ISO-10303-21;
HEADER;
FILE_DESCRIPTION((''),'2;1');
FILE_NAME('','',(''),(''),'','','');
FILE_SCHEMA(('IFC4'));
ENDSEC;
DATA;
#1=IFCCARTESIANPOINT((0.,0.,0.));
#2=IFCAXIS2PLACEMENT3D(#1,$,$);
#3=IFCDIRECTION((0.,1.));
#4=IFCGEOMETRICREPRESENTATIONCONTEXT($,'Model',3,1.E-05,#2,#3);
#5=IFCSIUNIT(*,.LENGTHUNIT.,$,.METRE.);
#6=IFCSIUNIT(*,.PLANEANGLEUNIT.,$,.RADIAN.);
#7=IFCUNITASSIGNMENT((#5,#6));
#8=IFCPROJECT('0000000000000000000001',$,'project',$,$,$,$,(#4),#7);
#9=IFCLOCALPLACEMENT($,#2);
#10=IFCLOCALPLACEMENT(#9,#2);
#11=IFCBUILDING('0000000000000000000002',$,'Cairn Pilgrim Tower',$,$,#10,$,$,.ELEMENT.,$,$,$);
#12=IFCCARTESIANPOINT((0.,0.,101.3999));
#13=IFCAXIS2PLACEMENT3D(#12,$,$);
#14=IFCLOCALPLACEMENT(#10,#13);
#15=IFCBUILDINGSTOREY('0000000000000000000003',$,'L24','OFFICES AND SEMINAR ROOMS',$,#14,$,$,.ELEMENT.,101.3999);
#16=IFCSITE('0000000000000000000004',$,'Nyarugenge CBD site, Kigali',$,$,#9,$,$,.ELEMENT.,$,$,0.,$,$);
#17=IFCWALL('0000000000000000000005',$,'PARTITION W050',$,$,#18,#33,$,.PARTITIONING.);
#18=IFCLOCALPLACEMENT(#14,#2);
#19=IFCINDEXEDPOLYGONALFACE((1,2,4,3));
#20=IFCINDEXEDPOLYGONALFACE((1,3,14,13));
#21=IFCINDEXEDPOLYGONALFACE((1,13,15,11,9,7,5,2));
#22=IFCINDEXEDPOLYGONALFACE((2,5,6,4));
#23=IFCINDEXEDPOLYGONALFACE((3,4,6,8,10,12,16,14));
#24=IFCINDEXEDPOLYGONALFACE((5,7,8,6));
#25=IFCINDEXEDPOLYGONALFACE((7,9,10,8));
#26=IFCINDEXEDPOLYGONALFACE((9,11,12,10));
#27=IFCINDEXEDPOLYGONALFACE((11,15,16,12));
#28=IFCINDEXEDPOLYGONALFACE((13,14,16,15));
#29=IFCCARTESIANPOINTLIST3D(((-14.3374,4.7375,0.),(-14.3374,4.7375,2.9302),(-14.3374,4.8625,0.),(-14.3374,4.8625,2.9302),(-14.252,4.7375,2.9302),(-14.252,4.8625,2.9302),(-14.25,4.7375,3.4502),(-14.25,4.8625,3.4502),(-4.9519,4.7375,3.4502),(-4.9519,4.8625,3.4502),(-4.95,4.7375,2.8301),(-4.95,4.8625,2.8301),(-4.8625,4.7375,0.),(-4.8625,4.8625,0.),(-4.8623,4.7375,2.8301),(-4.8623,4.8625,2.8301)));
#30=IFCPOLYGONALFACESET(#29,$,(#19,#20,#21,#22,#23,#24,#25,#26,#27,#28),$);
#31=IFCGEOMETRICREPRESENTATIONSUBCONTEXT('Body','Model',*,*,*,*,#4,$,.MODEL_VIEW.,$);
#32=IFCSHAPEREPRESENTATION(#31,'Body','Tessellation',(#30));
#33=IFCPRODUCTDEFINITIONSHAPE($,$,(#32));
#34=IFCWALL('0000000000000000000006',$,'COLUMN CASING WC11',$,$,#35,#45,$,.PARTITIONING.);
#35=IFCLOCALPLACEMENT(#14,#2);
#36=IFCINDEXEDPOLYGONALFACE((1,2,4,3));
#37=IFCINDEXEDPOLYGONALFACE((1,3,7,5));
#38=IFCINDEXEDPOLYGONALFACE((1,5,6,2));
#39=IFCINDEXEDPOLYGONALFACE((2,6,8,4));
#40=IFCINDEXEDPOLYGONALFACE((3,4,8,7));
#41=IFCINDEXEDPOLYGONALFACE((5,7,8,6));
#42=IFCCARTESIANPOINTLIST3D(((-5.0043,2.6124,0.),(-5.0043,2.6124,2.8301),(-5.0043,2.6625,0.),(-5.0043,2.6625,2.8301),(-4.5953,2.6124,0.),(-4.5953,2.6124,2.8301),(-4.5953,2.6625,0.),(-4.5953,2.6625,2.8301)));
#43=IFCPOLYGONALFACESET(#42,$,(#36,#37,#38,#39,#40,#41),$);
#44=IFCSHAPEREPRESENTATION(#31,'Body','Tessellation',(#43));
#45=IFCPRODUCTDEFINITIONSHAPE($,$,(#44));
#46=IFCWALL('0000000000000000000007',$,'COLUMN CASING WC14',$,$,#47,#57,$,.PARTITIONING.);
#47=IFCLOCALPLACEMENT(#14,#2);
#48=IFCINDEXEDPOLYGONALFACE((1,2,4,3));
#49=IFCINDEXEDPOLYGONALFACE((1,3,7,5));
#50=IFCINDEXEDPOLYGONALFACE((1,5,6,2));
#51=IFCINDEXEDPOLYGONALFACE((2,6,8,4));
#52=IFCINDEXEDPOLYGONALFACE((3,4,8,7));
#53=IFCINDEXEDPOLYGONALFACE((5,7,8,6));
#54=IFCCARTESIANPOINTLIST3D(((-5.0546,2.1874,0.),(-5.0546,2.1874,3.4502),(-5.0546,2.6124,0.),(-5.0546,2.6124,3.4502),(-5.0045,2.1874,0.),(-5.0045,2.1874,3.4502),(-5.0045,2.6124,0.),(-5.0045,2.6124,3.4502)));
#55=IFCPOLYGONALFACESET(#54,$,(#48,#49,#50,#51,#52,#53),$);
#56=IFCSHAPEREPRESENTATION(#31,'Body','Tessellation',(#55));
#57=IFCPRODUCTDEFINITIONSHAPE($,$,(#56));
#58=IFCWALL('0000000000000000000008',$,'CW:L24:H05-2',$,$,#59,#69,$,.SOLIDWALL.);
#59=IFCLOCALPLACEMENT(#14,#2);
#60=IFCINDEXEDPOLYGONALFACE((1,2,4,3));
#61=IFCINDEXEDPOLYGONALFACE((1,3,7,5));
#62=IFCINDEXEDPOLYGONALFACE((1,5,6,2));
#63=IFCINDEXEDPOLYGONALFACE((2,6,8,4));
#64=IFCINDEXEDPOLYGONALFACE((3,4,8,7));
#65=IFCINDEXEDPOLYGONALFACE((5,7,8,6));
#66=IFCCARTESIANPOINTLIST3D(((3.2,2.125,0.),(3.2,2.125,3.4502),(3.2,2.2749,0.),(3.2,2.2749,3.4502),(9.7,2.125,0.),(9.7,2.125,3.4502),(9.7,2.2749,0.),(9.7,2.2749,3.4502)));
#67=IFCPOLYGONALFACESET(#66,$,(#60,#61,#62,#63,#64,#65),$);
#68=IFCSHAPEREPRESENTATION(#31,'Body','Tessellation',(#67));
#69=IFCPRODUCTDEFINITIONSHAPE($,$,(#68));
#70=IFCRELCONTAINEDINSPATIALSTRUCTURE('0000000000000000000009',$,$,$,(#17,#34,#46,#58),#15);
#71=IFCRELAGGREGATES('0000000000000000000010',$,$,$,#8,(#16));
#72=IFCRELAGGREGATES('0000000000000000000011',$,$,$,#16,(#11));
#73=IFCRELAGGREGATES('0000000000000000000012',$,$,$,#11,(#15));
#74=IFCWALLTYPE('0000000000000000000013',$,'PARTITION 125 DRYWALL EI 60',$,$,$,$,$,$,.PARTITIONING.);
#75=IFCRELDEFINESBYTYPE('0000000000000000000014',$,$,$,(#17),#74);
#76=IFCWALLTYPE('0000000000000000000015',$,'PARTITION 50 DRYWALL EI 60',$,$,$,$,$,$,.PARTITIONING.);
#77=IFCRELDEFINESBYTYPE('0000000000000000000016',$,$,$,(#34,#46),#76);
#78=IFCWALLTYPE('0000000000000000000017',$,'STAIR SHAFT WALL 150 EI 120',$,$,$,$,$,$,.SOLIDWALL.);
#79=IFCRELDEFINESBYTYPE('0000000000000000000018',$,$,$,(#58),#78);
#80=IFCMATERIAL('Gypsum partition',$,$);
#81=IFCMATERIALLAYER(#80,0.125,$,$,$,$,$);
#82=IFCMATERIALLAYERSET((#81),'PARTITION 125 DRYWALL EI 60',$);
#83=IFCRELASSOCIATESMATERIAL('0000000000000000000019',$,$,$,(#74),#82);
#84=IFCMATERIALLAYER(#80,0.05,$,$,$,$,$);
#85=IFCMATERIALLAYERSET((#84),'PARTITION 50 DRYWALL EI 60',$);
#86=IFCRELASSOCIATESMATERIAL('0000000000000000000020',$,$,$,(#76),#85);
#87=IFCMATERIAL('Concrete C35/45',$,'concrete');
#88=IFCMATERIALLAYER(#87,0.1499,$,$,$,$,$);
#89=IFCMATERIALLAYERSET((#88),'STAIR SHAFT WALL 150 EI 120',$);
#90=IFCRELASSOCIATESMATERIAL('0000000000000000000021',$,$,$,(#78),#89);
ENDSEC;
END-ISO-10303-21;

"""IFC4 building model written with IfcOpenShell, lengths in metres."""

from ifc_helpers import new_model, si_unit, direction, frame, frame_2d, origin, place, context, subcontext, project, spatial, polyline, rectangle, outline, extrude, material, layer, layer_set, type_object, element, save


model = new_model("IFC4")

# Units and contexts
model_context = context("Model", 3, precision=1e-05, world=origin(), true_north=direction((0.0, 1.0)))
body_context = subcontext(model_context, "Body", "Model", "MODEL_VIEW")
ifc_project = project(units=[si_unit("LENGTHUNIT", "METRE"), si_unit("PLANEANGLEUNIT", "RADIAN")], contexts=[model_context])

# Site, building, storey
site_placement = place(None, origin())
site = spatial("IfcSite", under=ifc_project, at=site_placement, Name="Nyarugenge CBD site, Kigali", CompositionType="ELEMENT", RefElevation=0.0)
building_placement = place(site_placement, origin())
building = spatial("IfcBuilding", under=site, at=building_placement, Name="Cairn Pilgrim Tower", CompositionType="ELEMENT")
storey_placement = place(building_placement, frame((0.0, 0.0, 101.3999)))
storey = spatial("IfcBuildingStorey", under=building, at=storey_placement, Name="L24", Description="OFFICES AND SEMINAR ROOMS", CompositionType="ELEMENT", Elevation=101.3999)

# Shared definitions
ifc_material_1 = material(Name="Concrete C35/45", Category="concrete")

# Walls
ifc_material_2 = material(Name="Gypsum partition")
ifc_layer_1 = layer(ifc_material_2, 0.125)
ifc_layer_set_1 = layer_set([ifc_layer_1], Name="PARTITION 125 DRYWALL EI 60")
wall_type_1 = type_object("IfcWallType", Name="PARTITION 125 DRYWALL EI 60", PredefinedType="PARTITIONING", material=ifc_layer_set_1)
wall_1_placement = place(storey_placement, frame((-14.3374, 4.8, 0.0), z_axis=(0.0, 0.0, 1.0), x_axis=(1.0, 0.0, 0.0)))
element("IfcWall", 1, at=wall_1_placement, inside=storey, type_object=wall_type_1, Name="PARTITION W050", PredefinedType="PARTITIONING", context=body_context, shape_type="SweptSolid", body=[
    extrude(outline(polyline([(0.0, 0.0), (9.4749, 0.0), (9.4751, 2.8301), (9.3875, 2.8301), (9.3855, 3.4502), (0.0874, 3.4502), (0.0854, 2.9302), (0.0, 2.9302), (0.0, 0.0)])), frame((0.0, 0.0625, 0.0), z_axis=(0.0, -1.0, 0.0), x_axis=(1.0, 0.0, 0.0)), (0.0, 0.0, 1.0), 0.125),
])
ifc_layer_2 = layer(ifc_material_2, 0.05)
ifc_layer_set_2 = layer_set([ifc_layer_2], Name="PARTITION 50 DRYWALL EI 60")
wall_type_2 = type_object("IfcWallType", Name="PARTITION 50 DRYWALL EI 60", PredefinedType="PARTITIONING", material=ifc_layer_set_2)
wall_2_placement = place(storey_placement, frame((-5.0044, 2.6375, 0.0), z_axis=(0.0, 0.0, 1.0), x_axis=(1.0, 0.0, 0.0)))
element("IfcWall", 2, at=wall_2_placement, inside=storey, type_object=wall_type_2, Name="COLUMN CASING WC11", PredefinedType="PARTITIONING", context=body_context, shape_type="SweptSolid", body=[
    extrude(rectangle(XDim=0.4089, YDim=0.05, at=frame_2d((0.2046, 0.0))), origin(), (0.0, 0.0, 1.0), 2.8301),
])
wall_3_placement = place(storey_placement, frame((-5.0295, 2.1875, 0.0), z_axis=(0.0, 0.0, 1.0), x_axis=(0.0, 1.0, 0.0)))
element("IfcWall", 3, at=wall_3_placement, inside=storey, type_object=wall_type_2, Name="COLUMN CASING WC14", PredefinedType="PARTITIONING", context=body_context, shape_type="SweptSolid", body=[
    extrude(rectangle(XDim=0.425, YDim=0.05, at=frame_2d((0.2124, 0.0))), origin(), (0.0, 0.0, 1.0), 3.4502),
])
ifc_layer_3 = layer(ifc_material_1, 0.1499)
ifc_layer_set_3 = layer_set([ifc_layer_3], Name="STAIR SHAFT WALL 150 EI 120")
wall_type_3 = type_object("IfcWallType", Name="STAIR SHAFT WALL 150 EI 120", PredefinedType="SOLIDWALL", material=ifc_layer_set_3)
wall_4_placement = place(storey_placement, frame((3.2, 2.2, 0.0), z_axis=(0.0, 0.0, 1.0), x_axis=(1.0, 0.0, 0.0)))
element("IfcWall", 4, at=wall_4_placement, inside=storey, type_object=wall_type_3, Name="CW:L24:H05-2", PredefinedType="SOLIDWALL", context=body_context, shape_type="SweptSolid", body=[
    extrude(rectangle(XDim=6.5, YDim=0.1499, at=frame_2d((3.25, 0.0))), origin(), (0.0, 0.0, 1.0), 3.4502),
])

save(model, "model.ifc")
